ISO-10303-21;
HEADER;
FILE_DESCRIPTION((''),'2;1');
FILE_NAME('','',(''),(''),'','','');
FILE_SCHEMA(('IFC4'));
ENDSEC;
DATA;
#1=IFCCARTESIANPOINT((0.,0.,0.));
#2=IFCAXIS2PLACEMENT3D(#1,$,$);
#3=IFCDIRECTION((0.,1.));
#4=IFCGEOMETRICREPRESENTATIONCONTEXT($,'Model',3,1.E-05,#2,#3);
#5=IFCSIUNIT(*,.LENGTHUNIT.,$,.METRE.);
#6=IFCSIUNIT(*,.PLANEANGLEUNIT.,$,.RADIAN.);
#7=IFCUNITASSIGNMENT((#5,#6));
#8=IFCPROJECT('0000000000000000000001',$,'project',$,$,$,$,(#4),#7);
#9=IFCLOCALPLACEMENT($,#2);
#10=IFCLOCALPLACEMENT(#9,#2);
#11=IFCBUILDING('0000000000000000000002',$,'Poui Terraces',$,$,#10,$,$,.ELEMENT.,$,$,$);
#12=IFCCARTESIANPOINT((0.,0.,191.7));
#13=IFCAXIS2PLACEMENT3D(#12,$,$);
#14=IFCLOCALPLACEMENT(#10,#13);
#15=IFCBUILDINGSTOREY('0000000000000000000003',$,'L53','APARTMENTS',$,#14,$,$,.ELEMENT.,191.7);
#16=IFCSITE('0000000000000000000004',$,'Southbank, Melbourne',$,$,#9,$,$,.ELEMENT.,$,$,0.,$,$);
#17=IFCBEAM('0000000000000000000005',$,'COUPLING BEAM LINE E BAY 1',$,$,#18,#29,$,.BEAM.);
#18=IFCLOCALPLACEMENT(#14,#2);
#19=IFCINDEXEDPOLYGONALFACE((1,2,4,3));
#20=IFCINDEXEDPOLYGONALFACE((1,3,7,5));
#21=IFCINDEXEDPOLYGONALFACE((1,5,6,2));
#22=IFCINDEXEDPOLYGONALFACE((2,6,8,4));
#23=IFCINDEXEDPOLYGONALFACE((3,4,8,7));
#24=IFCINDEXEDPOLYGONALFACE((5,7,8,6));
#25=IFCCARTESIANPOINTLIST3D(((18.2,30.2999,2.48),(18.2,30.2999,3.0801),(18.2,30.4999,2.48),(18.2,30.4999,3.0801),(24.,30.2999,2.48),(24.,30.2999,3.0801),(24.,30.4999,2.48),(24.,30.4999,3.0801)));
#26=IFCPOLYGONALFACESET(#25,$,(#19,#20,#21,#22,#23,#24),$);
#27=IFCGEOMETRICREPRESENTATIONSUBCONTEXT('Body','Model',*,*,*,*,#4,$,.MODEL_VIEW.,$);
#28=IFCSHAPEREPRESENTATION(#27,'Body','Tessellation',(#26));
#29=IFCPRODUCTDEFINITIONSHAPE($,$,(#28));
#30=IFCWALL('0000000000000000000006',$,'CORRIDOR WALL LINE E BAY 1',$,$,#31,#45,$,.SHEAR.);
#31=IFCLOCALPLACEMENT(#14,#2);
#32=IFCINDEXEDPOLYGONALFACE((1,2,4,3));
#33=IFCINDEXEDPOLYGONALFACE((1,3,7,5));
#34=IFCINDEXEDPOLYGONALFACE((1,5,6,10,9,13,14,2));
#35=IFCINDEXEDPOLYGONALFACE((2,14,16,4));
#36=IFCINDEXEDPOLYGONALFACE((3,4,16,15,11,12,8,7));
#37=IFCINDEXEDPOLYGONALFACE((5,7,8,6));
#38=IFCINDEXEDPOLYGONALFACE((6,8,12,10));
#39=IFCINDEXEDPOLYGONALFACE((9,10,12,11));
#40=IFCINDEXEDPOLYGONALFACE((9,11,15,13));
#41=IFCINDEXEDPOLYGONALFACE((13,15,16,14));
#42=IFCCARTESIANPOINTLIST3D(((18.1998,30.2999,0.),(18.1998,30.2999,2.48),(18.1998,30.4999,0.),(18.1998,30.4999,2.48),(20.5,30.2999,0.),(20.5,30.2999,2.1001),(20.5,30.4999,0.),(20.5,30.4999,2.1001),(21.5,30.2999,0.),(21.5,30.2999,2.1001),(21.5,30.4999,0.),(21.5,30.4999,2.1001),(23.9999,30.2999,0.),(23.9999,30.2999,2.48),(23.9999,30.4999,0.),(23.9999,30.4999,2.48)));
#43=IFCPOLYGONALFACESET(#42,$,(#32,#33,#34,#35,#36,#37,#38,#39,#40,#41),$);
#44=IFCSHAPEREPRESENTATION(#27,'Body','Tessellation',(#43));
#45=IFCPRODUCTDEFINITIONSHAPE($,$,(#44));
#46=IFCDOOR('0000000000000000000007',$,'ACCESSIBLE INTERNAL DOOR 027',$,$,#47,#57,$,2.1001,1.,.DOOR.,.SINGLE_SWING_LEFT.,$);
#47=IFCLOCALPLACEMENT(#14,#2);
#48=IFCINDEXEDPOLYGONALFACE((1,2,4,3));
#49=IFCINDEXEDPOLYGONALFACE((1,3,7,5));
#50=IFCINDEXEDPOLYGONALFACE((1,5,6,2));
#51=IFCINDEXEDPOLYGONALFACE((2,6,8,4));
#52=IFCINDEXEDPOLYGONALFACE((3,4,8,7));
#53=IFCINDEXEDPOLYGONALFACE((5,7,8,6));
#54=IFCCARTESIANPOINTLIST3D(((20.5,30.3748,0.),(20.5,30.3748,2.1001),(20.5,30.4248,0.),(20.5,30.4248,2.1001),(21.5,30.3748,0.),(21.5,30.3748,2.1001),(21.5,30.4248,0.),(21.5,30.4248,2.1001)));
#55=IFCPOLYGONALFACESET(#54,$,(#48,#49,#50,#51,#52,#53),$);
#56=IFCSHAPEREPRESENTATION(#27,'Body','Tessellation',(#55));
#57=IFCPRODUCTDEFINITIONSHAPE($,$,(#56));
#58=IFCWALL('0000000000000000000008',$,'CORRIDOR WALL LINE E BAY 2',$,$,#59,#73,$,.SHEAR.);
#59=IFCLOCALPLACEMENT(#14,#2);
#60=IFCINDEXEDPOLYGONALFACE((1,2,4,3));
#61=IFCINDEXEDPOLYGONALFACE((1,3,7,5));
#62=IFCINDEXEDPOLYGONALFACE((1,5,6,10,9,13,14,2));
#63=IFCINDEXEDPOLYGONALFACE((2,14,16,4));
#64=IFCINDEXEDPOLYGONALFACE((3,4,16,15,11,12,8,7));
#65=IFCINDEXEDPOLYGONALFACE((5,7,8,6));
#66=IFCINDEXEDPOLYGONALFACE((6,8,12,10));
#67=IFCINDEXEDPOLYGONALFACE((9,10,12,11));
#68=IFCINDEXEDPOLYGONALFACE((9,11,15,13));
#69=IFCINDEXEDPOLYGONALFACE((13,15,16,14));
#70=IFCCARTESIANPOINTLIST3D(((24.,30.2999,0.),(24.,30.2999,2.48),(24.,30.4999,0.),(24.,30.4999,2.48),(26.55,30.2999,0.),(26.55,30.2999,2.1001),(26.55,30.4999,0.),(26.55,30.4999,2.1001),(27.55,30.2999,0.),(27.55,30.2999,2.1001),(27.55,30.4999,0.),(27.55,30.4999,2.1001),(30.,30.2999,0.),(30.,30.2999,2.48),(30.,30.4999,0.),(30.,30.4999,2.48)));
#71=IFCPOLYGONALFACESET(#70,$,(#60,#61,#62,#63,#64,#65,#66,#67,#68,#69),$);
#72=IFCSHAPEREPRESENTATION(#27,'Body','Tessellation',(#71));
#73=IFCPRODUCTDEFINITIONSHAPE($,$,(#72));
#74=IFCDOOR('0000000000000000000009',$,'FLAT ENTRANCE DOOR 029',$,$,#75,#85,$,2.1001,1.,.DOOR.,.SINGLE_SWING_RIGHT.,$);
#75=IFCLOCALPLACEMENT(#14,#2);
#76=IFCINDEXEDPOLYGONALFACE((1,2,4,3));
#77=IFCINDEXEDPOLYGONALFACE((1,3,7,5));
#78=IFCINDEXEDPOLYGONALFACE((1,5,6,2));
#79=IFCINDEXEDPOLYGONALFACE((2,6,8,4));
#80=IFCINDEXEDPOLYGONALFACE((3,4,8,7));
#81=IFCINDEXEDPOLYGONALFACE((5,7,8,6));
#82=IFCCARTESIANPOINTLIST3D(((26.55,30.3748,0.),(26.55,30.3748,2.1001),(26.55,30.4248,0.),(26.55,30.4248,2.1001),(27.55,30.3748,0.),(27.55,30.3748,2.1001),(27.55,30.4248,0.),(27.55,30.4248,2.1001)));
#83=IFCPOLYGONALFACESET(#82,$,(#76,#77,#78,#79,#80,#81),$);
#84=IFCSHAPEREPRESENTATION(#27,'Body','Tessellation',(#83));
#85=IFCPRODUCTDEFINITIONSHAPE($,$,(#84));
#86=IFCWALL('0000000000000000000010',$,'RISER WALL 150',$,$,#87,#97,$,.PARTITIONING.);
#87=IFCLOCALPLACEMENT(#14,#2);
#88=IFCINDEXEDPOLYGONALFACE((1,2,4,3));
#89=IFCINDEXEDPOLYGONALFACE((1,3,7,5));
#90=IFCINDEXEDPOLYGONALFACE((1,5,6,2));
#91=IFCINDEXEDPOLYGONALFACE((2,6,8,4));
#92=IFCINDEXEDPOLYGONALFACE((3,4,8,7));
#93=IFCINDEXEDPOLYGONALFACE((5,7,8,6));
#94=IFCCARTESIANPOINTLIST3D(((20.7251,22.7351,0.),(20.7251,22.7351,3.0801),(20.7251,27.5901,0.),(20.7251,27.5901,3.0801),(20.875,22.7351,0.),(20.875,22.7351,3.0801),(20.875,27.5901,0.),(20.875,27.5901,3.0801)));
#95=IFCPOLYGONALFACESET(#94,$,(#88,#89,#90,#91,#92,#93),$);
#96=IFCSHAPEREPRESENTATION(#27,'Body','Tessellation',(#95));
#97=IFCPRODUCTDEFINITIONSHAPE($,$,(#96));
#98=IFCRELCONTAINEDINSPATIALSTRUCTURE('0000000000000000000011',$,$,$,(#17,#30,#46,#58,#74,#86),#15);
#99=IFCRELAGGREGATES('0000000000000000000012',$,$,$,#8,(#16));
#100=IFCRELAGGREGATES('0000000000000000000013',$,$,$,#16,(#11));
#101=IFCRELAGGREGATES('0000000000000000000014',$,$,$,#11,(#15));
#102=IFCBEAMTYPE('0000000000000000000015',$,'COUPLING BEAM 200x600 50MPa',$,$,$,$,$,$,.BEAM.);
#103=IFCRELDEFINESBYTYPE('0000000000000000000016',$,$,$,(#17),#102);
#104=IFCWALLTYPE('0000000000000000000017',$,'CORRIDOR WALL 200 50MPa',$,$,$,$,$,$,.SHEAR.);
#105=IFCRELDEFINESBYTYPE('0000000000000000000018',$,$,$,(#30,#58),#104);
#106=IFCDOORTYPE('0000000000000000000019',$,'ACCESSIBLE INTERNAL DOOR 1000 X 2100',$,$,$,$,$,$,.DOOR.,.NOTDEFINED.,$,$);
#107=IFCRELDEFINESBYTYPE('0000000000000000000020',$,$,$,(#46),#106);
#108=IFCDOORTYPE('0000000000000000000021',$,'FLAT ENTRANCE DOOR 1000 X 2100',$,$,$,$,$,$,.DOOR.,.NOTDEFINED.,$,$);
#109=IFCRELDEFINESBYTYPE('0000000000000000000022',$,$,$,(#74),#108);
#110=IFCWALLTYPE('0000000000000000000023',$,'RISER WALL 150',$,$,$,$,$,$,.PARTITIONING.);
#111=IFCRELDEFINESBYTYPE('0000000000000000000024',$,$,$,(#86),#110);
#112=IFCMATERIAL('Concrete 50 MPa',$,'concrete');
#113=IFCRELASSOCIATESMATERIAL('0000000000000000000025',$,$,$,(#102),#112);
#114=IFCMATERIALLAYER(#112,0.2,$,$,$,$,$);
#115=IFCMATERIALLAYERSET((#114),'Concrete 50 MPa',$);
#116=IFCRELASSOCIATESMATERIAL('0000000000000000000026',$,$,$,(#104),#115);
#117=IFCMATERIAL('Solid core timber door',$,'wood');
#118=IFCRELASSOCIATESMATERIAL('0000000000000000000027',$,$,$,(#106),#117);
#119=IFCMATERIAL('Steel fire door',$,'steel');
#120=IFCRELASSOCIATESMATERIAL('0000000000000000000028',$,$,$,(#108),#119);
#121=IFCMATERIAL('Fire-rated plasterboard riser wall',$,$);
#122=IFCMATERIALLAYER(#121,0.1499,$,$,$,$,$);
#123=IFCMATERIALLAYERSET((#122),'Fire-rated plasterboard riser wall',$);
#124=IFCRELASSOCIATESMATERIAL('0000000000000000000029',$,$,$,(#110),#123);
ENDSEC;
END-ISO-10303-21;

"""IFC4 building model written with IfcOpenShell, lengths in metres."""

from ifc_helpers import new_model, si_unit, direction, frame, frame_2d, origin, origin_2d, place, context, subcontext, project, spatial, rectangle, extrude, source, transform, mapped, material, layer, layer_set, material_profile, profile_set, type_object, element, fill, save


model = new_model("IFC4")

# Units and contexts
model_context = context("Model", 3, precision=1e-05, world=origin(), true_north=direction((0.0, 1.0)))
body_context = subcontext(model_context, "Body", "Model", "MODEL_VIEW")
ifc_project = project(units=[si_unit("LENGTHUNIT", "METRE"), si_unit("PLANEANGLEUNIT", "RADIAN")], contexts=[model_context])

# Site, building, storey
site_placement = place(None, origin())
site = spatial("IfcSite", under=ifc_project, at=site_placement, Name="Southbank, Melbourne", CompositionType="ELEMENT", RefElevation=0.0)
building_placement = place(site_placement, origin())
building = spatial("IfcBuilding", under=site, at=building_placement, Name="Poui Terraces", CompositionType="ELEMENT")
storey_placement = place(building_placement, frame((0.0, 0.0, 191.7)))
storey = spatial("IfcBuildingStorey", under=building, at=storey_placement, Name="L53", Description="APARTMENTS", CompositionType="ELEMENT", Elevation=191.7)

# Beam
ifc_material_1 = material(Name="Concrete 50 MPa", Category="concrete")
ifc_material_profile = material_profile(ifc_material_1, rectangle(XDim=0.2, YDim=0.6001, at=origin_2d()), Name="RC 200x600")
ifc_profile_set = profile_set([ifc_material_profile], Name="Concrete 50 MPa")
beam_type = type_object("IfcBeamType", Name="COUPLING BEAM 200x600 50MPa", PredefinedType="BEAM", material=ifc_profile_set)
shared_shape = source(origin(), body_context, "Body", "SweptSolid", [
    extrude(rectangle(XDim=0.2, YDim=0.6001, at=origin_2d()), origin(), (0.0, 0.0, 1.0), 5.8),
])
beam_placement = place(storey_placement, frame((18.2, 30.3999, 2.78), z_axis=(1.0, 0.0, 0.0), x_axis=(0.0, 1.0, 0.0)))
element("IfcBeam", 1, at=beam_placement, inside=storey, type_object=beam_type, Name="COUPLING BEAM LINE E BAY 1", PredefinedType="BEAM", context=body_context, shape_type="MappedRepresentation", body=[
    mapped(shared_shape, transform((0.0, 0.0, 0.0))),
])

# Walls, openings, doors
ifc_layer_1 = layer(ifc_material_1, 0.2)
ifc_layer_set_1 = layer_set([ifc_layer_1], Name="Concrete 50 MPa")
wall_type_1 = type_object("IfcWallType", Name="CORRIDOR WALL 200 50MPa", PredefinedType="SHEAR", material=ifc_layer_set_1)
wall_1_placement = place(storey_placement, frame((18.2, 30.3999, 0.0), z_axis=(0.0, 0.0, 1.0), x_axis=(1.0, 0.0, 0.0)))
wall_1 = element("IfcWall", 2, at=wall_1_placement, inside=storey, type_object=wall_type_1, Name="CORRIDOR WALL LINE E BAY 1", PredefinedType="SHEAR", context=body_context, shape_type="SweptSolid", body=[
    extrude(rectangle(XDim=5.8, YDim=0.2, at=frame_2d((2.8999, 0.0))), origin(), (0.0, 0.0, 1.0), 2.48),
])
opening_1_placement = place(wall_1_placement, frame((2.3, 0.0, 0.0)))
opening_1 = element("IfcOpeningElement", 3, at=opening_1_placement, cuts=wall_1, PredefinedType="OPENING", context=body_context, shape_type="SweptSolid", body=[
    extrude(rectangle(XDim=1.0, YDim=2.1001, at=frame_2d((0.5, 1.05))), frame((0.0, 0.1099, 0.0), z_axis=(0.0, -1.0, 0.0), x_axis=(1.0, 0.0, 0.0)), (0.0, 0.0, 1.0), 0.22),
])
ifc_material_2 = material(Name="Solid core timber door", Category="wood")
door_type_1 = type_object("IfcDoorType", Name="ACCESSIBLE INTERNAL DOOR 1000 X 2100", OperationType="NOTDEFINED", PredefinedType="DOOR", material=ifc_material_2)
door_1_placement = place(opening_1_placement, origin())
door_1 = element("IfcDoor", 4, at=door_1_placement, inside=storey, type_object=door_type_1, Name="ACCESSIBLE INTERNAL DOOR 027", OperationType="SINGLE_SWING_LEFT", OverallHeight=2.1001, OverallWidth=1.0, PredefinedType="DOOR", context=body_context, shape_type="SweptSolid", body=[
    extrude(rectangle(XDim=1.0, YDim=2.1001, at=frame_2d((0.5, 1.05))), frame((0.0, 0.0249, 0.0), z_axis=(0.0, -1.0, 0.0), x_axis=(1.0, 0.0, 0.0)), (0.0, 0.0, 1.0), 0.05),
])
fill(opening_1, door_1)
wall_2_placement = place(storey_placement, frame((24.0, 30.3999, 0.0), z_axis=(0.0, 0.0, 1.0), x_axis=(1.0, 0.0, 0.0)))
wall_2 = element("IfcWall", 5, at=wall_2_placement, inside=storey, type_object=wall_type_1, Name="CORRIDOR WALL LINE E BAY 2", PredefinedType="SHEAR", context=body_context, shape_type="SweptSolid", body=[
    extrude(rectangle(XDim=6.0, YDim=0.2, at=frame_2d((3.0, 0.0))), origin(), (0.0, 0.0, 1.0), 2.48),
])
opening_2_placement = place(wall_2_placement, frame((2.55, 0.0, 0.0)))
opening_2 = element("IfcOpeningElement", 6, at=opening_2_placement, cuts=wall_2, PredefinedType="OPENING", context=body_context, shape_type="SweptSolid", body=[
    extrude(rectangle(XDim=1.0, YDim=2.1001, at=frame_2d((0.5, 1.05))), frame((0.0, 0.1099, 0.0), z_axis=(0.0, -1.0, 0.0), x_axis=(1.0, 0.0, 0.0)), (0.0, 0.0, 1.0), 0.22),
])
ifc_material_3 = material(Name="Steel fire door", Category="steel")
door_type_2 = type_object("IfcDoorType", Name="FLAT ENTRANCE DOOR 1000 X 2100", OperationType="NOTDEFINED", PredefinedType="DOOR", material=ifc_material_3)
door_2_placement = place(opening_2_placement, origin())
door_2 = element("IfcDoor", 7, at=door_2_placement, inside=storey, type_object=door_type_2, Name="FLAT ENTRANCE DOOR 029", OperationType="SINGLE_SWING_RIGHT", OverallHeight=2.1001, OverallWidth=1.0, PredefinedType="DOOR", context=body_context, shape_type="SweptSolid", body=[
    extrude(rectangle(XDim=1.0, YDim=2.1001, at=frame_2d((0.5, 1.05))), frame((0.0, 0.0249, 0.0), z_axis=(0.0, -1.0, 0.0), x_axis=(1.0, 0.0, 0.0)), (0.0, 0.0, 1.0), 0.05),
])
fill(opening_2, door_2)

# Wall
ifc_material_4 = material(Name="Fire-rated plasterboard riser wall")
ifc_layer_2 = layer(ifc_material_4, 0.1499)
ifc_layer_set_2 = layer_set([ifc_layer_2], Name="Fire-rated plasterboard riser wall")
wall_type_2 = type_object("IfcWallType", Name="RISER WALL 150", PredefinedType="PARTITIONING", material=ifc_layer_set_2)
wall_3_placement = place(storey_placement, frame((20.8, 22.7351, 0.0), z_axis=(0.0, 0.0, 1.0), x_axis=(0.0, 1.0, 0.0)))
element("IfcWall", 8, at=wall_3_placement, inside=storey, type_object=wall_type_2, Name="RISER WALL 150", PredefinedType="PARTITIONING", context=body_context, shape_type="SweptSolid", body=[
    extrude(rectangle(XDim=4.855, YDim=0.1499, at=frame_2d((2.4275, 0.0))), origin(), (0.0, 0.0, 1.0), 3.0801),
])

save(model, "model.ifc")
